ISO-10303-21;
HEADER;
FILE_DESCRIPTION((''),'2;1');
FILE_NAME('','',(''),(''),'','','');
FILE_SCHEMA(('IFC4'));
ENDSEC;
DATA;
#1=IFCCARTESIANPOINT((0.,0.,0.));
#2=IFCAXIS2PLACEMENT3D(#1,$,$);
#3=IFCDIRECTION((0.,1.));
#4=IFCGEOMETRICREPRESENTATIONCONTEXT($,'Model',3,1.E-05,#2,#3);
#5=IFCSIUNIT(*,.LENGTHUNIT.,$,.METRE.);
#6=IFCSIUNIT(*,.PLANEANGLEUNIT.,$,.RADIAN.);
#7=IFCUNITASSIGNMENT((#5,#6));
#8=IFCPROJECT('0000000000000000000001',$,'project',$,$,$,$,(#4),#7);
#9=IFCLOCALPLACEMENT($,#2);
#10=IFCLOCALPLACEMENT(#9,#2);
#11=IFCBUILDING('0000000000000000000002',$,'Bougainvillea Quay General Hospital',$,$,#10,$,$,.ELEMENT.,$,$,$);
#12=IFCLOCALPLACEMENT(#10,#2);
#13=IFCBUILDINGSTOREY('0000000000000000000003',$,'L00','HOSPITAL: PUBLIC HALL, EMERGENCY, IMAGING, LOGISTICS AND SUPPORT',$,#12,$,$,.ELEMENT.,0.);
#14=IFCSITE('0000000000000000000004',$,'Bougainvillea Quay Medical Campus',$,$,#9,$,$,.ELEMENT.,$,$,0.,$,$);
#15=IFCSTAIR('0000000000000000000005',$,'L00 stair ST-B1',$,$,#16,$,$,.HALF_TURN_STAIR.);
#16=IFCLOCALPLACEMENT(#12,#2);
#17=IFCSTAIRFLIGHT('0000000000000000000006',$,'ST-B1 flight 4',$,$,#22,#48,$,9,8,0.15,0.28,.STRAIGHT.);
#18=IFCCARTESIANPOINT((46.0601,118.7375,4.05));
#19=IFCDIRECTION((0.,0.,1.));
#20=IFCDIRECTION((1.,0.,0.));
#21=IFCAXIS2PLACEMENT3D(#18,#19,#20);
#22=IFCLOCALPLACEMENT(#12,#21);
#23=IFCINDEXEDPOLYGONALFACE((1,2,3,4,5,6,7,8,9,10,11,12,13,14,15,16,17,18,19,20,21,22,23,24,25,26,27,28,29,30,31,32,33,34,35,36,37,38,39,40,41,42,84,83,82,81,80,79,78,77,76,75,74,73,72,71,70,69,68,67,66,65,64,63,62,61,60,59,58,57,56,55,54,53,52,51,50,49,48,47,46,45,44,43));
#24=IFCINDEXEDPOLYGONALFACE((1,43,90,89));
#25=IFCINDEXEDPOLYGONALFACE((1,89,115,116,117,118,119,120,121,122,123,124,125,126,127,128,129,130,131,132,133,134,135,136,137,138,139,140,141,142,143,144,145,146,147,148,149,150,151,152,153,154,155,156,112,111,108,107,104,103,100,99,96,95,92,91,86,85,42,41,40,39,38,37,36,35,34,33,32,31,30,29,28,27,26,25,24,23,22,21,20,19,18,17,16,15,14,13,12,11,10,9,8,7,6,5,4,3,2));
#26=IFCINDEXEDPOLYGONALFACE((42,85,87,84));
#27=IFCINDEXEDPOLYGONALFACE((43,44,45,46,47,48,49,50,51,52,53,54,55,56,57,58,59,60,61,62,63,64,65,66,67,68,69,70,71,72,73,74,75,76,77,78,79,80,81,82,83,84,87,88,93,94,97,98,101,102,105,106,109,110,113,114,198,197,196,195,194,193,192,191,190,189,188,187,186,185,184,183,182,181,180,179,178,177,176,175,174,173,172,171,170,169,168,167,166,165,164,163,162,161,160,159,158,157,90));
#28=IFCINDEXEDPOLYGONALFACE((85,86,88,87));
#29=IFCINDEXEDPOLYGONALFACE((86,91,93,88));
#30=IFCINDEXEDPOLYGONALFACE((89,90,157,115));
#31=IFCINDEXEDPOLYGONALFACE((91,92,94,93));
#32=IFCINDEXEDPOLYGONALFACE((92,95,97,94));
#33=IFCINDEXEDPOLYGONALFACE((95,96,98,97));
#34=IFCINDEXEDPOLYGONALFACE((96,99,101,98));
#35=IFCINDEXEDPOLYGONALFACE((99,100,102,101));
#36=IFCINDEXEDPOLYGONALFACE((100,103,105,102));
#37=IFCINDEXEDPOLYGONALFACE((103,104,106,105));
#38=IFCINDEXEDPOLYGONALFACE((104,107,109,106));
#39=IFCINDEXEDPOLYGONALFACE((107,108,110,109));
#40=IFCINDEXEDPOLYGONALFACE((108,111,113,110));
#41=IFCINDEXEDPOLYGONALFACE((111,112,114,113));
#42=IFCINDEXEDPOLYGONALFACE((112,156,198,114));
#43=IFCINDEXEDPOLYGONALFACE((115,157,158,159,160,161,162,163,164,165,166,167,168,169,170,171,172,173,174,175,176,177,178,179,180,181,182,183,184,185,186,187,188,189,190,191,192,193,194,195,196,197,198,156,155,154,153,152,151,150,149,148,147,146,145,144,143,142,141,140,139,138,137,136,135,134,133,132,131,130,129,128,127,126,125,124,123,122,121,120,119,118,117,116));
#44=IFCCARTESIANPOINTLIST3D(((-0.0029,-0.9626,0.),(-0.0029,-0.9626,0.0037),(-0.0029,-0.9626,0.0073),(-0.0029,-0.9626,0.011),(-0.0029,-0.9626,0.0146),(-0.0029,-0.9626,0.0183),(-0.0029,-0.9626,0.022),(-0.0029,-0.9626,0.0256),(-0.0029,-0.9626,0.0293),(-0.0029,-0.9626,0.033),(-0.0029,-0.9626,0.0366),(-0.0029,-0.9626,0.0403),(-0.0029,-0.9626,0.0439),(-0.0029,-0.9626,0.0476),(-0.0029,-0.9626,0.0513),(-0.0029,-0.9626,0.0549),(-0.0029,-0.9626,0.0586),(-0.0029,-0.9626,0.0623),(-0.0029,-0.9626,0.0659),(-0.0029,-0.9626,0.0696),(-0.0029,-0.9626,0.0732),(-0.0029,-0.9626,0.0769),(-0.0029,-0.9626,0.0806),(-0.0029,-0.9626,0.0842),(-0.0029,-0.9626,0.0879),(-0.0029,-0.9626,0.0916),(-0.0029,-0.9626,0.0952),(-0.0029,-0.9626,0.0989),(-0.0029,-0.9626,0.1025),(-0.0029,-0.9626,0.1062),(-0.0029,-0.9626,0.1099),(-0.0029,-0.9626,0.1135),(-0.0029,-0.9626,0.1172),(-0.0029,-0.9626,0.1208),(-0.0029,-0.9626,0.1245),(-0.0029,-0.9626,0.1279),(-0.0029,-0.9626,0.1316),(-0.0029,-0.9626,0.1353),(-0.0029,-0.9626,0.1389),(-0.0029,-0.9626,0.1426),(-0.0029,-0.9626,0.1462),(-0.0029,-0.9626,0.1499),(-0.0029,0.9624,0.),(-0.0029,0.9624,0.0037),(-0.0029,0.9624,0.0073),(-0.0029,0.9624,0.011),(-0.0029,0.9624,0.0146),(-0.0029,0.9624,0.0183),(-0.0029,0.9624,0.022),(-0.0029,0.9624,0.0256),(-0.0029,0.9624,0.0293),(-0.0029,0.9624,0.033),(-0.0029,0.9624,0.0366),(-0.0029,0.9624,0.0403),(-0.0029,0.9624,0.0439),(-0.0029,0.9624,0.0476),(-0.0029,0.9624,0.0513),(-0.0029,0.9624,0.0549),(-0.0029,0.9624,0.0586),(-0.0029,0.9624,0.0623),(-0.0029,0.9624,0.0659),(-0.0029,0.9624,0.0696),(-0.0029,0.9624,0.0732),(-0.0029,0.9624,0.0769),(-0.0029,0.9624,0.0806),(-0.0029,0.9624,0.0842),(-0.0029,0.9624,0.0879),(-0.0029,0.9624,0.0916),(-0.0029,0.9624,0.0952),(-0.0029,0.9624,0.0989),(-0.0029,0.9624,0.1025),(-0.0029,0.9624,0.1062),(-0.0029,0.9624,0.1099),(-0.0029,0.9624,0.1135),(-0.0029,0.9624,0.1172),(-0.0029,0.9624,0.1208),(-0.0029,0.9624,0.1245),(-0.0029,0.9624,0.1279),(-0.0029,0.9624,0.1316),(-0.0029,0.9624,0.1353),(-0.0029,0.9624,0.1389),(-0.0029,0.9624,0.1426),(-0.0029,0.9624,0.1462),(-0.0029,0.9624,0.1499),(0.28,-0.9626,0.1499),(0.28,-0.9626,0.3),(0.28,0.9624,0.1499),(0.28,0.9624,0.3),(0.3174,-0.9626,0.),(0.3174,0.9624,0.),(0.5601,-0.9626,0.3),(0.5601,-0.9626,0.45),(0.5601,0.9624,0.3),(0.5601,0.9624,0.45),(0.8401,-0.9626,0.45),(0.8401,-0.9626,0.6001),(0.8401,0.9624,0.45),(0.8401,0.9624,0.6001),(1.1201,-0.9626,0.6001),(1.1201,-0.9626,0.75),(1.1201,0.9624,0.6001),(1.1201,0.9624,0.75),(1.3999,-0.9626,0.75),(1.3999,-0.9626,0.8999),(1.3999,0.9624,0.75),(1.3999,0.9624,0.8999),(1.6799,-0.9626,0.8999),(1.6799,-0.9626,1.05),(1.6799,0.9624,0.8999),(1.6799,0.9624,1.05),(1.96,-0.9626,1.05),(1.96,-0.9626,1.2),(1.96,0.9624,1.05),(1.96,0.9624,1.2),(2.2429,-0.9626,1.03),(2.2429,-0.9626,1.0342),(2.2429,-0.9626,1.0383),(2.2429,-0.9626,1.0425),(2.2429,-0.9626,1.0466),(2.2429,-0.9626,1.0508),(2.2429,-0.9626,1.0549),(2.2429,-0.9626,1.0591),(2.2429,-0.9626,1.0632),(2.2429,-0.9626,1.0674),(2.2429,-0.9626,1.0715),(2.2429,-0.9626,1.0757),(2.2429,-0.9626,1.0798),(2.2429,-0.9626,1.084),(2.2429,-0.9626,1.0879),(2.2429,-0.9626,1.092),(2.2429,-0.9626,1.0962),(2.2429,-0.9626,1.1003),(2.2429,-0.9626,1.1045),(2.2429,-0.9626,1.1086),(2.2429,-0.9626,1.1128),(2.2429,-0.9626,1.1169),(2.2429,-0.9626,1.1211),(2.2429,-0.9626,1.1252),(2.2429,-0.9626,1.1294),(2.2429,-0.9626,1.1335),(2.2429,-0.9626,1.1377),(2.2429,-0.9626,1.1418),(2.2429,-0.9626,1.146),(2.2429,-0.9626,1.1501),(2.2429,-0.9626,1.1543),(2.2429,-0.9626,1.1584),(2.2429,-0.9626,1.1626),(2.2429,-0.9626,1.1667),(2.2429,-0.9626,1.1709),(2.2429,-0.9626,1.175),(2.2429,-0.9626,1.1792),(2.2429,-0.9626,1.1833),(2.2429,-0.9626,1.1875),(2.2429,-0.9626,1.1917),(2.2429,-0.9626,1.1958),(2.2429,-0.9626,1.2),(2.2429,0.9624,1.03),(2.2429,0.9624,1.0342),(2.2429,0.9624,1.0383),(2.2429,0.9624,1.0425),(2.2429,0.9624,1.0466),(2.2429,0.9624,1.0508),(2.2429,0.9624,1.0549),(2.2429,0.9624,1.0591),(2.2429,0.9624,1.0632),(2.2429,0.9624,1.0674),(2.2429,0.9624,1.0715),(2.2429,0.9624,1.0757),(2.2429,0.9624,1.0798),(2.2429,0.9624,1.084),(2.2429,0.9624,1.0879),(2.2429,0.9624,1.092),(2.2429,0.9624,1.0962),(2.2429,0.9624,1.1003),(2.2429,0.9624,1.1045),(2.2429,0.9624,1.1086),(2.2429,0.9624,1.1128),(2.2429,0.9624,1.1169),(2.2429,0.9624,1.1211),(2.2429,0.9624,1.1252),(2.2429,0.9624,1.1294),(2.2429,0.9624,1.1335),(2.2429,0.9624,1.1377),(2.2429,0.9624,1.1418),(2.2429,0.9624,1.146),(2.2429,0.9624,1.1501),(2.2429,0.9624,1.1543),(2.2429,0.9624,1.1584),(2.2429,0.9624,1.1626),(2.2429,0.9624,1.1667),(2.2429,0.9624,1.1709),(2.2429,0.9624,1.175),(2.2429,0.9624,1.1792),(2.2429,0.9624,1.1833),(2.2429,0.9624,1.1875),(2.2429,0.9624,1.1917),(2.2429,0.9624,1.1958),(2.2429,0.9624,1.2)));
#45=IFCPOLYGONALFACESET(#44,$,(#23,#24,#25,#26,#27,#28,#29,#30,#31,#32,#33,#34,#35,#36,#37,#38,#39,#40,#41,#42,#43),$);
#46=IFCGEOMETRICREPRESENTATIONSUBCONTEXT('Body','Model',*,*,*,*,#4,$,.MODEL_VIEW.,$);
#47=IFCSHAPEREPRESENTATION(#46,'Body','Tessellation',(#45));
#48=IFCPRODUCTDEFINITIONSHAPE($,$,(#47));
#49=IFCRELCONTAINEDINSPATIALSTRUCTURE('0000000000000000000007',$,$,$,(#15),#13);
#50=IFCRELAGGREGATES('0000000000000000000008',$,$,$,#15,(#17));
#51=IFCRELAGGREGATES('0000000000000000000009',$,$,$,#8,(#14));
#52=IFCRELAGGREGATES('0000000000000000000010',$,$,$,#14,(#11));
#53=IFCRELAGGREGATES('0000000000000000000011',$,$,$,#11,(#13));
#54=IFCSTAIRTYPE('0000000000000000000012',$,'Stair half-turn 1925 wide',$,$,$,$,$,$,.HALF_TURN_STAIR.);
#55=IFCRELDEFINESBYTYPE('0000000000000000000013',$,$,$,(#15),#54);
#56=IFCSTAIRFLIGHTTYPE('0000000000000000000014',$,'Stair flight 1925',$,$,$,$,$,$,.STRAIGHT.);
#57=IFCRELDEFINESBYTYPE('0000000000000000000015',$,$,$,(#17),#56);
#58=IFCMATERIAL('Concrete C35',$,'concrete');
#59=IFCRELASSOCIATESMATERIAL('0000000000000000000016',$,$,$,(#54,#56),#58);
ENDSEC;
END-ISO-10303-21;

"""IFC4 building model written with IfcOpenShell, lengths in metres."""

from ifc_helpers import new_model, si_unit, direction, frame, origin, place, context, subcontext, project, spatial, polyline, outline, extrude, material, type_object, element, aggregate, save


model = new_model("IFC4")

# Units and contexts
model_context = context("Model", 3, precision=1e-05, world=origin(), true_north=direction((0.0, 1.0)))
body_context = subcontext(model_context, "Body", "Model", "MODEL_VIEW")
ifc_project = project(units=[si_unit("LENGTHUNIT", "METRE"), si_unit("PLANEANGLEUNIT", "RADIAN")], contexts=[model_context])

# Site, building, storey
site_placement = place(None, origin())
site = spatial("IfcSite", under=ifc_project, at=site_placement, Name="Bougainvillea Quay Medical Campus", CompositionType="ELEMENT", RefElevation=0.0)
building_placement = place(site_placement, origin())
building = spatial("IfcBuilding", under=site, at=building_placement, Name="Bougainvillea Quay General Hospital", CompositionType="ELEMENT")
storey_placement = place(building_placement, origin())
storey = spatial("IfcBuildingStorey", under=building, at=storey_placement, Name="L00", Description="HOSPITAL: PUBLIC HALL, EMERGENCY, IMAGING, LOGISTICS AND SUPPORT", CompositionType="ELEMENT", Elevation=0.0)

# Stair, stair flight
ifc_material_1 = material(Name="Concrete C35", Category="concrete")
stair_type = type_object("IfcStairType", Name="Stair half-turn 1925 wide", PredefinedType="HALF_TURN_STAIR", material=ifc_material_1)
stair_placement = place(storey_placement, origin())
stair = element("IfcStair", 1, at=stair_placement, inside=storey, type_object=stair_type, Name="L00 stair ST-B1", PredefinedType="HALF_TURN_STAIR")
stair_flight_type = type_object("IfcStairFlightType", Name="Stair flight 1925", PredefinedType="STRAIGHT", material=ifc_material_1)
stair_flight_1_placement = place(storey_placement, frame((46.0601, 118.7375, 4.05), z_axis=(0.0, 0.0, 1.0), x_axis=(1.0, 0.0, 0.0)))
stair_flight_1 = element("IfcStairFlight", 2, at=stair_flight_1_placement, type_object=stair_flight_type, Name="ST-B1 flight 4", NumberOfRisers=9, NumberOfTreads=8, PredefinedType="STRAIGHT", RiserHeight=0.15, TreadLength=0.28, context=body_context, shape_type="SweptSolid", body=[
    extrude(outline(polyline([(-0.0029, 0.0), (-0.0029, 0.0037), (-0.0029, 0.0073), (-0.0029, 0.011), (-0.0029, 0.0146), (-0.0029, 0.0183), (-0.0029, 0.022), (-0.0029, 0.0256), (-0.0029, 0.0293), (-0.0029, 0.033), (-0.0029, 0.0366), (-0.0029, 0.0403), (-0.0029, 0.0439), (-0.0029, 0.0476), (-0.0029, 0.0513), (-0.0029, 0.0549), (-0.0029, 0.0586), (-0.0029, 0.0623), (-0.0029, 0.0659), (-0.0029, 0.0696), (-0.0029, 0.0732), (-0.0029, 0.0769), (-0.0029, 0.0806), (-0.0029, 0.0842), (-0.0029, 0.0879), (-0.0029, 0.0916), (-0.0029, 0.0952), (-0.0029, 0.0989), (-0.0029, 0.1025), (-0.0029, 0.1062), (-0.0029, 0.1099), (-0.0029, 0.1135), (-0.0029, 0.1172), (-0.0029, 0.1208), (-0.0029, 0.1245), (-0.0029, 0.1279), (-0.0029, 0.1316), (-0.0029, 0.1353), (-0.0029, 0.1389), (-0.0029, 0.1426), (-0.0029, 0.1462), (-0.0029, 0.1499), (0.28, 0.1499), (0.28, 0.3), (0.5601, 0.3), (0.5601, 0.45), (0.8401, 0.45), (0.8401, 0.6001), (1.1201, 0.6001), (1.1201, 0.75), (1.3999, 0.75), (1.3999, 0.8999), (1.6799, 0.8999), (1.6799, 1.05), (1.96, 1.05), (1.96, 1.2), (2.2429, 1.2), (2.2429, 1.1958), (2.2429, 1.1917), (2.2429, 1.1875), (2.2429, 1.1833), (2.2429, 1.1792), (2.2429, 1.175), (2.2429, 1.1709), (2.2429, 1.1667), (2.2429, 1.1626), (2.2429, 1.1584), (2.2429, 1.1543), (2.2429, 1.1501), (2.2429, 1.146), (2.2429, 1.1418), (2.2429, 1.1377), (2.2429, 1.1335), (2.2429, 1.1294), (2.2429, 1.1252), (2.2429, 1.1211), (2.2429, 1.1169), (2.2429, 1.1128), (2.2429, 1.1086), (2.2429, 1.1045), (2.2429, 1.1003), (2.2429, 1.0962), (2.2429, 1.092), (2.2429, 1.0879), (2.2429, 1.084), (2.2429, 1.0798), (2.2429, 1.0757), (2.2429, 1.0715), (2.2429, 1.0674), (2.2429, 1.0632), (2.2429, 1.0591), (2.2429, 1.0549), (2.2429, 1.0508), (2.2429, 1.0466), (2.2429, 1.0425), (2.2429, 1.0383), (2.2429, 1.0342), (2.2429, 1.03), (0.3174, 0.0), (-0.0029, 0.0)])), frame((0.0, 0.9624, 0.0), z_axis=(0.0, -1.0, 0.0), x_axis=(1.0, 0.0, 0.0)), (0.0, 0.0, 1.0), 1.925),
])
aggregate(stair, [stair_flight_1])

save(model, "model.ifc")
